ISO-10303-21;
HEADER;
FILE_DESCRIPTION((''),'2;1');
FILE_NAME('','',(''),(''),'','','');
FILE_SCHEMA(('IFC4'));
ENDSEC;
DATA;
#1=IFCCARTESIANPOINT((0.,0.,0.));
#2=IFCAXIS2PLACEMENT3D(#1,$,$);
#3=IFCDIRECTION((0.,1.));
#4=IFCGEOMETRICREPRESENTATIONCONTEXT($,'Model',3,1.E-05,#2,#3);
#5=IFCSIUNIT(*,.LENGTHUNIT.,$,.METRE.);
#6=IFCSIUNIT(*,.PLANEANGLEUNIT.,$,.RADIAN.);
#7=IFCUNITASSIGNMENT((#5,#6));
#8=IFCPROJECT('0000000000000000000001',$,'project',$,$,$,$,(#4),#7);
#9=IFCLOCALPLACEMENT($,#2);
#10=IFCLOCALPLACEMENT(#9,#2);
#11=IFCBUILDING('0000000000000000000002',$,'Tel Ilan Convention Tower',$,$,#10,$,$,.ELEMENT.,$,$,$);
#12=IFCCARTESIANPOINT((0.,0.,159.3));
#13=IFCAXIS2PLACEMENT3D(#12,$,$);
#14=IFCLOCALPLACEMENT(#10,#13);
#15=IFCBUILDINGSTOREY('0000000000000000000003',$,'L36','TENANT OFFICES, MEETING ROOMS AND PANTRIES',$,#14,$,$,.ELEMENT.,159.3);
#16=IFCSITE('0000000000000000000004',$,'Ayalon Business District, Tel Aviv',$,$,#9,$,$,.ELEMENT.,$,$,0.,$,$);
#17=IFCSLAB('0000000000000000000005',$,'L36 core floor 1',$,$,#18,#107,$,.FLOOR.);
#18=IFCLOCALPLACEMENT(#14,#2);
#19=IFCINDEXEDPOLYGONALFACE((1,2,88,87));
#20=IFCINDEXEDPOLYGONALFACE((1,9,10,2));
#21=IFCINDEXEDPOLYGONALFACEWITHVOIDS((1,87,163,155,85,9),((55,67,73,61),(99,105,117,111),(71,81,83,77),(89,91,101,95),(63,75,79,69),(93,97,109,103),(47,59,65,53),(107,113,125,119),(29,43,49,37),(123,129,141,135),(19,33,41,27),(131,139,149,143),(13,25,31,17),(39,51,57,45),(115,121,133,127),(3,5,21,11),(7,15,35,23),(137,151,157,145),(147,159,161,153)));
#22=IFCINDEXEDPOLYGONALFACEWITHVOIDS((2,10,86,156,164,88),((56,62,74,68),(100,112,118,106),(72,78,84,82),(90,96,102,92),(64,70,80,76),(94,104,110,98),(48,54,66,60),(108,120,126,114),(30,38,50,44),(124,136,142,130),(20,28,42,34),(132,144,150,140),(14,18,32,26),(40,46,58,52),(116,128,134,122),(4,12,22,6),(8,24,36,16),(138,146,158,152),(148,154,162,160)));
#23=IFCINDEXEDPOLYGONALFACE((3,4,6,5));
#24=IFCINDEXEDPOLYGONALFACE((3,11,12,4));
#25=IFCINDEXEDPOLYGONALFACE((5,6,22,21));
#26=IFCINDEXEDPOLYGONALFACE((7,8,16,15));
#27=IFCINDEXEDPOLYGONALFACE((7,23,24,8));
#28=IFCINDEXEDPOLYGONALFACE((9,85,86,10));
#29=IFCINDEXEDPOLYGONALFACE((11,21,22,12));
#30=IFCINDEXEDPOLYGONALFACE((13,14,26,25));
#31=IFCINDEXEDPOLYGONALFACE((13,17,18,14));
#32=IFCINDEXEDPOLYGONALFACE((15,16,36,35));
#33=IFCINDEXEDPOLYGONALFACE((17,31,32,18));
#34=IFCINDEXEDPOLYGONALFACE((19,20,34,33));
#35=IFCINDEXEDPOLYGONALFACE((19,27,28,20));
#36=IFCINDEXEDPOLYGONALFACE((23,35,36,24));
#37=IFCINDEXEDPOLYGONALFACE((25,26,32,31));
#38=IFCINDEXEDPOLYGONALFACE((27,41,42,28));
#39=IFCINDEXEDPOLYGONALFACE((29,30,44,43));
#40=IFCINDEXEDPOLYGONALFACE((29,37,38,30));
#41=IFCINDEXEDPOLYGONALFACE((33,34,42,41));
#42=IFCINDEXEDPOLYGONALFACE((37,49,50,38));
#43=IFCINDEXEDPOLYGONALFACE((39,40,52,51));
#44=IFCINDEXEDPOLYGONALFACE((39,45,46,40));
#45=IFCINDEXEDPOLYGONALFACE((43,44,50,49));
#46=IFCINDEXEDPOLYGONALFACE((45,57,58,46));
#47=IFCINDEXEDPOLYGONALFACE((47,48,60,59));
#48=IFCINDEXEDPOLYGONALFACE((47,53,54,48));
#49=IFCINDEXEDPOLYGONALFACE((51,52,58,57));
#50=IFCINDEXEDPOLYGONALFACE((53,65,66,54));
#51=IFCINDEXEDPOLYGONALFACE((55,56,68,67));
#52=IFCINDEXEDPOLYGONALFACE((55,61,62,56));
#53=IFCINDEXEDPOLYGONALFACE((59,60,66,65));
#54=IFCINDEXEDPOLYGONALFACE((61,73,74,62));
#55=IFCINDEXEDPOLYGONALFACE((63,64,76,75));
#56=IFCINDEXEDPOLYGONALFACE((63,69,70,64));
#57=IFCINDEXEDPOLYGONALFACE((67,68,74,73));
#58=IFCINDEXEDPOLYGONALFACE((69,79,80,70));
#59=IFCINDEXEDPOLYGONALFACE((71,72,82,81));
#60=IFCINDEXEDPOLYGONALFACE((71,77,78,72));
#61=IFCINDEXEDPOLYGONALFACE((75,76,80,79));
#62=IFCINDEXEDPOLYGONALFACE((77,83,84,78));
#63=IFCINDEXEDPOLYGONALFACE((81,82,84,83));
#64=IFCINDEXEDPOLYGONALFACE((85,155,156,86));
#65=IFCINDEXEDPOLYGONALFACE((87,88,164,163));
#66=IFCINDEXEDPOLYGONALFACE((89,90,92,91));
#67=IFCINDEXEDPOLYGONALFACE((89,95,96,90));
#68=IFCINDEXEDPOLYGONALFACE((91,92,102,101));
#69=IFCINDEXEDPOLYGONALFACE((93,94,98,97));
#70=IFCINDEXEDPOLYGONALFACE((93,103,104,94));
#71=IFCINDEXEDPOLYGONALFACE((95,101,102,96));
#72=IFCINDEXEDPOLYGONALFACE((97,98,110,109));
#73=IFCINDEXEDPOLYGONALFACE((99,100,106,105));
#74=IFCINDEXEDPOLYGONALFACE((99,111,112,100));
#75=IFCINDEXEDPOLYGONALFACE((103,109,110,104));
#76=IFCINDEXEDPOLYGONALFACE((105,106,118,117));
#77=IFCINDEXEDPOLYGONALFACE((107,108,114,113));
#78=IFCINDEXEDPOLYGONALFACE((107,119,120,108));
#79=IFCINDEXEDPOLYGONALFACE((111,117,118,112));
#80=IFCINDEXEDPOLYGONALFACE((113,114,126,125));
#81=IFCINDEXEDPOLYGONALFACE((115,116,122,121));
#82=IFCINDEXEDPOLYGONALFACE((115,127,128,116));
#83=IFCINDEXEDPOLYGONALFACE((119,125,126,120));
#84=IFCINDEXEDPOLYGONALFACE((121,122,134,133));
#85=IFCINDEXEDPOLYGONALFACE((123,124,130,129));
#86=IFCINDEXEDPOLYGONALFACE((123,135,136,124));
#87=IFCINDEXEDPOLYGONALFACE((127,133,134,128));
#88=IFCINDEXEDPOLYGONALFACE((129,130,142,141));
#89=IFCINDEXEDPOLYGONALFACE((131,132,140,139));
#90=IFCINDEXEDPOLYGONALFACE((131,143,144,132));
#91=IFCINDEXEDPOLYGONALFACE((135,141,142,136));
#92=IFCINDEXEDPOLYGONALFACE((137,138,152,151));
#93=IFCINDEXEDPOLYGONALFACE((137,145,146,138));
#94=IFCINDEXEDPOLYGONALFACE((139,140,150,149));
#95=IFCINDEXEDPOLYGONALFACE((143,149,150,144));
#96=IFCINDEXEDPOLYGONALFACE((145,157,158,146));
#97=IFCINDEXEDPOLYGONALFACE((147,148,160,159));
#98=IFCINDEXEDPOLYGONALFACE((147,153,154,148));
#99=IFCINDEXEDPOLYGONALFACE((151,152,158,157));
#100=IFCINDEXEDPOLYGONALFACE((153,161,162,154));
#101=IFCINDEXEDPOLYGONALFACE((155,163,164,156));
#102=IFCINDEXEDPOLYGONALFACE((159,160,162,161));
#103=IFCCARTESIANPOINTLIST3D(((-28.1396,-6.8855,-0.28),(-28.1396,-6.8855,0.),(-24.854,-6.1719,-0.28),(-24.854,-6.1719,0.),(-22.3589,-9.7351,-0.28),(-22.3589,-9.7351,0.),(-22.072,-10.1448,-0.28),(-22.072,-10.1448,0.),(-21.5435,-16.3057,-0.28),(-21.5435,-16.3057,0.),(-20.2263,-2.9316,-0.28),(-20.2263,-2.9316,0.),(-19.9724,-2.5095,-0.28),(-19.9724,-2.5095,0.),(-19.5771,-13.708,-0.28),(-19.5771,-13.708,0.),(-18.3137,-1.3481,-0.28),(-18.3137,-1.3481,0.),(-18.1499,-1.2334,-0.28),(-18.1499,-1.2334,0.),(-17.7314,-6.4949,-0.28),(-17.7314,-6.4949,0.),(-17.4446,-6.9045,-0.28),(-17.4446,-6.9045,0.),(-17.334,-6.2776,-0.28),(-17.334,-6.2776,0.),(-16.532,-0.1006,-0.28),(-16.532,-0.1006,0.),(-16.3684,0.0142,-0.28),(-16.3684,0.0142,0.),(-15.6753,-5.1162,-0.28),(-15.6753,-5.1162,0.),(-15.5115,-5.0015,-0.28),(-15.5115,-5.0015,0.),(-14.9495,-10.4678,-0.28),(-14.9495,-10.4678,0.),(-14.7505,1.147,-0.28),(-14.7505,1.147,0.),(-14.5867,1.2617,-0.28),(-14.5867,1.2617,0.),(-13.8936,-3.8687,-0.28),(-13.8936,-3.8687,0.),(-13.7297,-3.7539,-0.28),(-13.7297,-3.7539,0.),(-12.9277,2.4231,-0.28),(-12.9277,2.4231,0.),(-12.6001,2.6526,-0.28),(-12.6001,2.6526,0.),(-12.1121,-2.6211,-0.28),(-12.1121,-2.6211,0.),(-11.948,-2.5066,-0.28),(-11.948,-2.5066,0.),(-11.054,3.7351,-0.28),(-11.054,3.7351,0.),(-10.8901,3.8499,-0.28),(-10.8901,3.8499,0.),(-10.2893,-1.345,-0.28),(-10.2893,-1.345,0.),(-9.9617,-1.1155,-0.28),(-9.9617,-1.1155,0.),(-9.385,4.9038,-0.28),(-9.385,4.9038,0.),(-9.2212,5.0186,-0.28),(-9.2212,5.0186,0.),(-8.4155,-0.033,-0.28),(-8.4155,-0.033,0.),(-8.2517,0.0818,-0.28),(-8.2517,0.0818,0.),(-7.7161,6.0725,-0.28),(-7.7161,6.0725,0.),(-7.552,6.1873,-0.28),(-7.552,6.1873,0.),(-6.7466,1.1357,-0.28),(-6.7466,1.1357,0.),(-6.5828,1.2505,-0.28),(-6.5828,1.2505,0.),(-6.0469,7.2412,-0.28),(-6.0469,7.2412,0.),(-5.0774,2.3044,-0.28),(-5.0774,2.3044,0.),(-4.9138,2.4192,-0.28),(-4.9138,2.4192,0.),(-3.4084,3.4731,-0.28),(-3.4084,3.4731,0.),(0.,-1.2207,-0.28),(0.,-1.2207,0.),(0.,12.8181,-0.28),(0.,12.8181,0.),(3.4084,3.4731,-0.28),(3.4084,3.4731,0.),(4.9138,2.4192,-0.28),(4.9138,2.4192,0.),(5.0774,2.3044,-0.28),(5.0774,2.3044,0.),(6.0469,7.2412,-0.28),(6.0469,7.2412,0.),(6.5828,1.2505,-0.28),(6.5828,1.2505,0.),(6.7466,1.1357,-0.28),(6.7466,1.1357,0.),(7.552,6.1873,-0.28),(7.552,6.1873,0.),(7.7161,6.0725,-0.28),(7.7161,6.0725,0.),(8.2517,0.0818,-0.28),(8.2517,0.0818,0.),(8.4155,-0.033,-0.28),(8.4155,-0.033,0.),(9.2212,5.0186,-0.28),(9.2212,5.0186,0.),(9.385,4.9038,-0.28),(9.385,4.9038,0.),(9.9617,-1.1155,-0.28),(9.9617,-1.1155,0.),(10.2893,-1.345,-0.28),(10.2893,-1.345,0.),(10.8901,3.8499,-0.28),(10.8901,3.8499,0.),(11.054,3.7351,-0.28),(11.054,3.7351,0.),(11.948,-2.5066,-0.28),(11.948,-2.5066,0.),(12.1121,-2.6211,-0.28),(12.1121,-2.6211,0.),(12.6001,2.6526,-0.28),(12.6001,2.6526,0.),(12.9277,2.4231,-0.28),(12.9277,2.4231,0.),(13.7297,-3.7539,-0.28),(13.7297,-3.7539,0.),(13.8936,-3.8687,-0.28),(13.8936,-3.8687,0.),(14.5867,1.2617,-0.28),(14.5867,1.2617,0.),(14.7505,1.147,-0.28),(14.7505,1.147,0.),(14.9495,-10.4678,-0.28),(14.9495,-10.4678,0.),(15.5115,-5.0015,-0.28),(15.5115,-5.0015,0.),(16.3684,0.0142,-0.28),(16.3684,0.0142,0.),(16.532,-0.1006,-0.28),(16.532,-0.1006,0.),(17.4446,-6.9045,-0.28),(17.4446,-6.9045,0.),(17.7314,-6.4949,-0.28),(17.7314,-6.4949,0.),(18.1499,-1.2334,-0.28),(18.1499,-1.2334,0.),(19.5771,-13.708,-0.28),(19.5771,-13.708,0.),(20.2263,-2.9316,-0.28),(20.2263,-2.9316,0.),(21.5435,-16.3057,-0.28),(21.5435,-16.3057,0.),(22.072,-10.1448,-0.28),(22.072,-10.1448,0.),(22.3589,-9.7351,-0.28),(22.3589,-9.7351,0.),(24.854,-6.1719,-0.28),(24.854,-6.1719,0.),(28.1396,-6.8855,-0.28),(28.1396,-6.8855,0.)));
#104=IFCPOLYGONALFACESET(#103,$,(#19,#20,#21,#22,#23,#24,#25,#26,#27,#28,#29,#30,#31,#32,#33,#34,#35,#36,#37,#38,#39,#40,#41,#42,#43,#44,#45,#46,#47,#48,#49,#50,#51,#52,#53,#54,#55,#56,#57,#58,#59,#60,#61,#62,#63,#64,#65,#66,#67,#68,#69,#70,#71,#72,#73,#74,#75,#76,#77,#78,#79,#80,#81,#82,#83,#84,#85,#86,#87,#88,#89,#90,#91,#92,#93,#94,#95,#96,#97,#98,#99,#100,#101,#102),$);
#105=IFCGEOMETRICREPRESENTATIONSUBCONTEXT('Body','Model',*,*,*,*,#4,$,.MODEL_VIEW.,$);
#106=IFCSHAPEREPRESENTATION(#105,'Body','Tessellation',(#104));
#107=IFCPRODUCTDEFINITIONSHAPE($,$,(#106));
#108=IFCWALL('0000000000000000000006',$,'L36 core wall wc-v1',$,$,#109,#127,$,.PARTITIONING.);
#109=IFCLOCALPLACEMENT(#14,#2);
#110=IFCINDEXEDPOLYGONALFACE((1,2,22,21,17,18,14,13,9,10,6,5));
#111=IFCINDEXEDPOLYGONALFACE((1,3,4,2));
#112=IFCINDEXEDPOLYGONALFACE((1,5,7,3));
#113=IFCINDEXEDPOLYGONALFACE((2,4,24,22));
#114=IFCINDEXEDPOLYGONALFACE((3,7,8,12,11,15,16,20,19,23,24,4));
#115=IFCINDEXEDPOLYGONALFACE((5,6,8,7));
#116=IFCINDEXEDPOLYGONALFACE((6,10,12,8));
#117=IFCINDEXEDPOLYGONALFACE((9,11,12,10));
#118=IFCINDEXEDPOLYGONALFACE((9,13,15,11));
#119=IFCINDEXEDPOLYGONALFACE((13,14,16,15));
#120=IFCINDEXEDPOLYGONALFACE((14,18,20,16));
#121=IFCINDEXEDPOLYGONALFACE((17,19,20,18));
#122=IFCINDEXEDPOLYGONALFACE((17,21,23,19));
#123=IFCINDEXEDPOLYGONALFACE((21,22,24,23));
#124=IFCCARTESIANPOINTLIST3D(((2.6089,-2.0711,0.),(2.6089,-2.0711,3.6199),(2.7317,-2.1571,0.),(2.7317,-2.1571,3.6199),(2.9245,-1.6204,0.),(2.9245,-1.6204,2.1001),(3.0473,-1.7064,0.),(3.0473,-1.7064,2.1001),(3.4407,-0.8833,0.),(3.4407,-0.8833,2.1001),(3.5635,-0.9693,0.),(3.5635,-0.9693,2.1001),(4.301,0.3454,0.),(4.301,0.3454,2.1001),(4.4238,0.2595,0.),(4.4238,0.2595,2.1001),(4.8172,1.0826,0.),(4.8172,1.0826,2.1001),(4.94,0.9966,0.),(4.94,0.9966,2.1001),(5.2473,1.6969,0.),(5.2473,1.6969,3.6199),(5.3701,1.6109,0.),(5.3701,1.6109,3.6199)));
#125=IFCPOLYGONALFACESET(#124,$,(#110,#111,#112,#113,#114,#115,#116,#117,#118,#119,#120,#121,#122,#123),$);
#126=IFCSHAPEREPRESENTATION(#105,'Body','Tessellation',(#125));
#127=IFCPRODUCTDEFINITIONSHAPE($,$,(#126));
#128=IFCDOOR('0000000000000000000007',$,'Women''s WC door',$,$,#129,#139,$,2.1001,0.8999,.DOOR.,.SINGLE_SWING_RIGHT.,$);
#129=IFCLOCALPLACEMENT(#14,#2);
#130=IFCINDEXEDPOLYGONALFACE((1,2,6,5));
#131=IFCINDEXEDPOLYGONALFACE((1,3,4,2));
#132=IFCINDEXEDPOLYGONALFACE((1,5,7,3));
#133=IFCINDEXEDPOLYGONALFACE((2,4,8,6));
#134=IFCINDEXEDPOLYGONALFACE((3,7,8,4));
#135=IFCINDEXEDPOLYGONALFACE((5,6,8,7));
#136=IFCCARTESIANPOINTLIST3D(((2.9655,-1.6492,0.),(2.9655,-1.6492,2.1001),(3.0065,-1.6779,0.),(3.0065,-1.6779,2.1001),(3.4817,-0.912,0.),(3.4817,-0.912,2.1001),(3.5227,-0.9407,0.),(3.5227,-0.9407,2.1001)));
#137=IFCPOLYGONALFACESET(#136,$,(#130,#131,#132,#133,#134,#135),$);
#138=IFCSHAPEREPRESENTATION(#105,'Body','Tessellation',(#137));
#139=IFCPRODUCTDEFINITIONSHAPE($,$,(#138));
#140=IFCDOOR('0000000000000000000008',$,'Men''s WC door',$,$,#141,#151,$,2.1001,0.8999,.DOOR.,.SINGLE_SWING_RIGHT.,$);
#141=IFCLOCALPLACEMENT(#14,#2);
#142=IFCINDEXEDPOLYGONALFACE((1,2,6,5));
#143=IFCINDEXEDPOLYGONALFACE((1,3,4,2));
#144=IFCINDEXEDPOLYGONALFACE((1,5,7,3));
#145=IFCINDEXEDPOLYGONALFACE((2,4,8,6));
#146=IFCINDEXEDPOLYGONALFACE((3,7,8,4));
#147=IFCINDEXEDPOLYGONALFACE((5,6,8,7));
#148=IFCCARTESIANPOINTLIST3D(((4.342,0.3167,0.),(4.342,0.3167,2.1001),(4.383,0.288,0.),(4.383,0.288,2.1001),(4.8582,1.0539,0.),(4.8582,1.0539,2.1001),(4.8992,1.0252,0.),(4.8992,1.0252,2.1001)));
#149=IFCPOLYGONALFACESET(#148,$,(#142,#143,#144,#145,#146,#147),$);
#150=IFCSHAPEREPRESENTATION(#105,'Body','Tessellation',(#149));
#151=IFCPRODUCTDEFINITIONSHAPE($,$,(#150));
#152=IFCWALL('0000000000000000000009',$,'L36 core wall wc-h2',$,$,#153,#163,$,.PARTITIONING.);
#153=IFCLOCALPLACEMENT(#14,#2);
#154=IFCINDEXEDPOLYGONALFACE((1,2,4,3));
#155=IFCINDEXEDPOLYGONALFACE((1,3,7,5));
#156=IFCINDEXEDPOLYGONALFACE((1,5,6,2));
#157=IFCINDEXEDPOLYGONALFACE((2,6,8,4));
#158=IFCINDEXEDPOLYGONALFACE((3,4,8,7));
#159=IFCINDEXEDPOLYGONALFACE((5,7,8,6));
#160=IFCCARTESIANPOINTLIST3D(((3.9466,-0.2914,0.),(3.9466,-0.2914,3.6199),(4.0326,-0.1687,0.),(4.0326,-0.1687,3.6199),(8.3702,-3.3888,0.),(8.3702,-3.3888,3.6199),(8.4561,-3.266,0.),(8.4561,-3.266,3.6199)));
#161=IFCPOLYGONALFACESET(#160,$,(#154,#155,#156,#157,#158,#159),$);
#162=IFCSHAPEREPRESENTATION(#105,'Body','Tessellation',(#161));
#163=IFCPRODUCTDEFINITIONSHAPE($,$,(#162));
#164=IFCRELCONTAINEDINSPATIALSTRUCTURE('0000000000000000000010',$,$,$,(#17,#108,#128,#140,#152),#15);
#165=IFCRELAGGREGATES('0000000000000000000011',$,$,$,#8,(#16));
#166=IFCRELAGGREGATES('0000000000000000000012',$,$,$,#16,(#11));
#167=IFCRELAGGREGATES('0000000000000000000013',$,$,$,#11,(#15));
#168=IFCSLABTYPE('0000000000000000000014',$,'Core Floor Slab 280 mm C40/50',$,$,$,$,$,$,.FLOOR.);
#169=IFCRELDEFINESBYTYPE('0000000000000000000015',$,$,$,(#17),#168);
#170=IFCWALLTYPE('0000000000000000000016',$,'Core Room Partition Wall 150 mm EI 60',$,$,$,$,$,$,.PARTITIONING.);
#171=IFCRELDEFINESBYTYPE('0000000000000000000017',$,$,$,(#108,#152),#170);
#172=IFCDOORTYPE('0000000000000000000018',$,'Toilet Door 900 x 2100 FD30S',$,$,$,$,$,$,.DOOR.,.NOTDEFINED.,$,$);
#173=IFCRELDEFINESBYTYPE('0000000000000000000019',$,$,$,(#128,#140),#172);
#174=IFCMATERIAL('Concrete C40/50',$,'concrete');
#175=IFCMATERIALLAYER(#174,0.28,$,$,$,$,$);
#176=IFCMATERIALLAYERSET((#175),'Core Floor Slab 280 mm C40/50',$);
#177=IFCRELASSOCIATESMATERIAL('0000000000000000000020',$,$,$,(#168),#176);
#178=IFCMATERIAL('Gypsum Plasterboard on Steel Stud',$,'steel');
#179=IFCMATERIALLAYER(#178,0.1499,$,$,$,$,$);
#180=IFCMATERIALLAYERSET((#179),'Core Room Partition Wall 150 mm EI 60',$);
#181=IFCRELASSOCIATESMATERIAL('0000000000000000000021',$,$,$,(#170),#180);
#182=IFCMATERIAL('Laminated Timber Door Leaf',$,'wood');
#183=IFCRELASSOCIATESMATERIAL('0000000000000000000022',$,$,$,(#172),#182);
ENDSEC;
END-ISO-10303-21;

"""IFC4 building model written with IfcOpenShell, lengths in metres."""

from ifc_helpers import new_model, si_unit, direction, frame, frame_2d, origin, place, context, subcontext, project, spatial, polyline, rectangle, outline, extrude, material, layer, layer_set, type_object, element, fill, save


model = new_model("IFC4")

# Units and contexts
model_context = context("Model", 3, precision=1e-05, world=origin(), true_north=direction((0.0, 1.0)))
body_context = subcontext(model_context, "Body", "Model", "MODEL_VIEW")
ifc_project = project(units=[si_unit("LENGTHUNIT", "METRE"), si_unit("PLANEANGLEUNIT", "RADIAN")], contexts=[model_context])

# Site, building, storey
site_placement = place(None, origin())
site = spatial("IfcSite", under=ifc_project, at=site_placement, Name="Ayalon Business District, Tel Aviv", CompositionType="ELEMENT", RefElevation=0.0)
building_placement = place(site_placement, origin())
building = spatial("IfcBuilding", under=site, at=building_placement, Name="Tel Ilan Convention Tower", CompositionType="ELEMENT")
storey_placement = place(building_placement, frame((0.0, 0.0, 159.3)))
storey = spatial("IfcBuildingStorey", under=building, at=storey_placement, Name="L36", Description="TENANT OFFICES, MEETING ROOMS AND PANTRIES", CompositionType="ELEMENT", Elevation=159.3)

# Slab
ifc_material_1 = material(Name="Concrete C40/50", Category="concrete")
ifc_layer_1 = layer(ifc_material_1, 0.28)
ifc_layer_set_1 = layer_set([ifc_layer_1], Name="Core Floor Slab 280 mm C40/50")
slab_type_1 = type_object("IfcSlabType", Name="Core Floor Slab 280 mm C40/50", PredefinedType="FLOOR", material=ifc_layer_set_1)
slab_1_placement = place(storey_placement, frame((0.0, 0.0, -0.28)))
element("IfcSlab", 1, at=slab_1_placement, inside=storey, type_object=slab_type_1, Name="L36 core floor 1", PredefinedType="FLOOR", context=body_context, shape_type="SweptSolid", body=[
    extrude(outline(polyline([(-28.1396, -6.8855), (0.0, 12.8181), (28.1396, -6.8855), (21.5435, -16.3057), (0.0, -1.2207), (-21.5435, -16.3057), (-28.1396, -6.8855)]), holes=[polyline([(-14.9495, -10.4678), (-17.4446, -6.9045), (-22.072, -10.1448), (-19.5771, -13.708), (-14.9495, -10.4678)]), polyline([(-17.7314, -6.4949), (-20.2263, -2.9316), (-24.854, -6.1719), (-22.3589, -9.7351), (-17.7314, -6.4949)]), polyline([(-18.3137, -1.3481), (-19.9724, -2.5095), (-17.334, -6.2776), (-15.6753, -5.1162), (-18.3137, -1.3481)]), polyline([(-16.532, -0.1006), (-18.1499, -1.2334), (-15.5115, -5.0015), (-13.8936, -3.8687), (-16.532, -0.1006)]), polyline([(-14.7505, 1.147), (-16.3684, 0.0142), (-13.7297, -3.7539), (-12.1121, -2.6211), (-14.7505, 1.147)]), polyline([(-12.9277, 2.4231), (-14.5867, 1.2617), (-11.948, -2.5066), (-10.2893, -1.345), (-12.9277, 2.4231)]), polyline([(-11.054, 3.7351), (-12.6001, 2.6526), (-9.9617, -1.1155), (-8.4155, -0.033), (-11.054, 3.7351)]), polyline([(-6.7466, 1.1357), (-9.385, 4.9038), (-10.8901, 3.8499), (-8.2517, 0.0818), (-6.7466, 1.1357)]), polyline([(-5.0774, 2.3044), (-7.7161, 6.0725), (-9.2212, 5.0186), (-6.5828, 1.2505), (-5.0774, 2.3044)]), polyline([(-6.0469, 7.2412), (-7.552, 6.1873), (-4.9138, 2.4192), (-3.4084, 3.4731), (-6.0469, 7.2412)]), polyline([(17.4446, -6.9045), (14.9495, -10.4678), (19.5771, -13.708), (22.072, -10.1448), (17.4446, -6.9045)]), polyline([(20.2263, -2.9316), (17.7314, -6.4949), (22.3589, -9.7351), (24.854, -6.1719), (20.2263, -2.9316)]), polyline([(13.8936, -3.8687), (15.5115, -5.0015), (18.1499, -1.2334), (16.532, -0.1006), (13.8936, -3.8687)]), polyline([(12.1121, -2.6211), (13.7297, -3.7539), (16.3684, 0.0142), (14.7505, 1.147), (12.1121, -2.6211)]), polyline([(11.948, -2.5066), (14.5867, 1.2617), (12.9277, 2.4231), (10.2893, -1.345), (11.948, -2.5066)]), polyline([(9.9617, -1.1155), (12.6001, 2.6526), (11.054, 3.7351), (8.4155, -0.033), (9.9617, -1.1155)]), polyline([(8.2517, 0.0818), (10.8901, 3.8499), (9.385, 4.9038), (6.7466, 1.1357), (8.2517, 0.0818)]), polyline([(5.0774, 2.3044), (6.5828, 1.2505), (9.2212, 5.0186), (7.7161, 6.0725), (5.0774, 2.3044)]), polyline([(3.4084, 3.4731), (4.9138, 2.4192), (7.552, 6.1873), (6.0469, 7.2412), (3.4084, 3.4731)])]), origin(), (0.0, 0.0, 1.0), 0.28),
])

# Wall, openings, doors
ifc_material_2 = material(Name="Gypsum Plasterboard on Steel Stud", Category="steel")
ifc_layer_2 = layer(ifc_material_2, 0.1499)
ifc_layer_set_2 = layer_set([ifc_layer_2], Name="Core Room Partition Wall 150 mm EI 60")
wall_type_1 = type_object("IfcWallType", Name="Core Room Partition Wall 150 mm EI 60", PredefinedType="PARTITIONING", material=ifc_layer_set_2)
wall_1_placement = place(storey_placement, frame((2.6704, -2.114, 0.0), z_axis=(0.0, 0.0, 1.0), x_axis=(0.573576, 0.819152, 0.0)))
wall_1 = element("IfcWall", 2, at=wall_1_placement, inside=storey, type_object=wall_type_1, Name="L36 core wall wc-v1", PredefinedType="PARTITIONING", context=body_context, shape_type="SweptSolid", body=[
    extrude(rectangle(XDim=4.5999, YDim=0.1499, at=frame_2d((2.2998, 0.0))), origin(), (0.0, 0.0, 1.0), 3.6199),
])
opening_1_placement = place(wall_1_placement, frame((0.55, 0.0, 0.0)))
opening_1 = element("IfcOpeningElement", 3, at=opening_1_placement, cuts=wall_1, PredefinedType="OPENING", context=body_context, shape_type="SweptSolid", body=[
    extrude(rectangle(XDim=0.8999, YDim=2.1001, at=frame_2d((0.45, 1.05))), frame((0.0, 0.085, 0.0), z_axis=(0.0, -1.0, 0.0), x_axis=(1.0, 0.0, 0.0)), (0.0, 0.0, 1.0), 0.1699),
])
opening_2_placement = place(wall_1_placement, frame((2.95, 0.0, 0.0)))
opening_2 = element("IfcOpeningElement", 4, at=opening_2_placement, cuts=wall_1, PredefinedType="OPENING", context=body_context, shape_type="SweptSolid", body=[
    extrude(rectangle(XDim=0.8999, YDim=2.1001, at=frame_2d((0.45, 1.05))), frame((0.0, 0.085, 0.0), z_axis=(0.0, -1.0, 0.0), x_axis=(1.0, 0.0, 0.0)), (0.0, 0.0, 1.0), 0.1699),
])
ifc_material_3 = material(Name="Laminated Timber Door Leaf", Category="wood")
door_type_1 = type_object("IfcDoorType", Name="Toilet Door 900 x 2100 FD30S", OperationType="NOTDEFINED", PredefinedType="DOOR", material=ifc_material_3)
door_1_placement = place(opening_1_placement, origin())
door_1 = element("IfcDoor", 5, at=door_1_placement, inside=storey, type_object=door_type_1, Name="Women's WC door", OperationType="SINGLE_SWING_RIGHT", OverallHeight=2.1001, OverallWidth=0.8999, PredefinedType="DOOR", context=body_context, shape_type="SweptSolid", body=[
    extrude(rectangle(XDim=0.8999, YDim=2.1001, at=frame_2d((0.45, 1.05))), frame((0.0, 0.0249, 0.0), z_axis=(0.0, -1.0, 0.0), x_axis=(1.0, 0.0, 0.0)), (0.0, 0.0, 1.0), 0.05),
])
fill(opening_1, door_1)
door_2_placement = place(opening_2_placement, origin())
door_2 = element("IfcDoor", 6, at=door_2_placement, inside=storey, type_object=door_type_1, Name="Men's WC door", OperationType="SINGLE_SWING_RIGHT", OverallHeight=2.1001, OverallWidth=0.8999, PredefinedType="DOOR", context=body_context, shape_type="SweptSolid", body=[
    extrude(rectangle(XDim=0.8999, YDim=2.1001, at=frame_2d((0.45, 1.05))), frame((0.0, 0.0249, 0.0), z_axis=(0.0, -1.0, 0.0), x_axis=(1.0, 0.0, 0.0)), (0.0, 0.0, 1.0), 0.05),
])
fill(opening_2, door_2)

# Wall
wall_2_placement = place(storey_placement, frame((3.9895, -0.23, 0.0), z_axis=(0.0, 0.0, 1.0), x_axis=(0.819153, -0.573575, 0.0)))
element("IfcWall", 7, at=wall_2_placement, inside=storey, type_object=wall_type_1, Name="L36 core wall wc-h2", PredefinedType="PARTITIONING", context=body_context, shape_type="SweptSolid", body=[
    extrude(rectangle(XDim=5.4001, YDim=0.1499, at=frame_2d((2.7002, 0.0))), origin(), (0.0, 0.0, 1.0), 3.6199),
])

save(model, "model.ifc")
